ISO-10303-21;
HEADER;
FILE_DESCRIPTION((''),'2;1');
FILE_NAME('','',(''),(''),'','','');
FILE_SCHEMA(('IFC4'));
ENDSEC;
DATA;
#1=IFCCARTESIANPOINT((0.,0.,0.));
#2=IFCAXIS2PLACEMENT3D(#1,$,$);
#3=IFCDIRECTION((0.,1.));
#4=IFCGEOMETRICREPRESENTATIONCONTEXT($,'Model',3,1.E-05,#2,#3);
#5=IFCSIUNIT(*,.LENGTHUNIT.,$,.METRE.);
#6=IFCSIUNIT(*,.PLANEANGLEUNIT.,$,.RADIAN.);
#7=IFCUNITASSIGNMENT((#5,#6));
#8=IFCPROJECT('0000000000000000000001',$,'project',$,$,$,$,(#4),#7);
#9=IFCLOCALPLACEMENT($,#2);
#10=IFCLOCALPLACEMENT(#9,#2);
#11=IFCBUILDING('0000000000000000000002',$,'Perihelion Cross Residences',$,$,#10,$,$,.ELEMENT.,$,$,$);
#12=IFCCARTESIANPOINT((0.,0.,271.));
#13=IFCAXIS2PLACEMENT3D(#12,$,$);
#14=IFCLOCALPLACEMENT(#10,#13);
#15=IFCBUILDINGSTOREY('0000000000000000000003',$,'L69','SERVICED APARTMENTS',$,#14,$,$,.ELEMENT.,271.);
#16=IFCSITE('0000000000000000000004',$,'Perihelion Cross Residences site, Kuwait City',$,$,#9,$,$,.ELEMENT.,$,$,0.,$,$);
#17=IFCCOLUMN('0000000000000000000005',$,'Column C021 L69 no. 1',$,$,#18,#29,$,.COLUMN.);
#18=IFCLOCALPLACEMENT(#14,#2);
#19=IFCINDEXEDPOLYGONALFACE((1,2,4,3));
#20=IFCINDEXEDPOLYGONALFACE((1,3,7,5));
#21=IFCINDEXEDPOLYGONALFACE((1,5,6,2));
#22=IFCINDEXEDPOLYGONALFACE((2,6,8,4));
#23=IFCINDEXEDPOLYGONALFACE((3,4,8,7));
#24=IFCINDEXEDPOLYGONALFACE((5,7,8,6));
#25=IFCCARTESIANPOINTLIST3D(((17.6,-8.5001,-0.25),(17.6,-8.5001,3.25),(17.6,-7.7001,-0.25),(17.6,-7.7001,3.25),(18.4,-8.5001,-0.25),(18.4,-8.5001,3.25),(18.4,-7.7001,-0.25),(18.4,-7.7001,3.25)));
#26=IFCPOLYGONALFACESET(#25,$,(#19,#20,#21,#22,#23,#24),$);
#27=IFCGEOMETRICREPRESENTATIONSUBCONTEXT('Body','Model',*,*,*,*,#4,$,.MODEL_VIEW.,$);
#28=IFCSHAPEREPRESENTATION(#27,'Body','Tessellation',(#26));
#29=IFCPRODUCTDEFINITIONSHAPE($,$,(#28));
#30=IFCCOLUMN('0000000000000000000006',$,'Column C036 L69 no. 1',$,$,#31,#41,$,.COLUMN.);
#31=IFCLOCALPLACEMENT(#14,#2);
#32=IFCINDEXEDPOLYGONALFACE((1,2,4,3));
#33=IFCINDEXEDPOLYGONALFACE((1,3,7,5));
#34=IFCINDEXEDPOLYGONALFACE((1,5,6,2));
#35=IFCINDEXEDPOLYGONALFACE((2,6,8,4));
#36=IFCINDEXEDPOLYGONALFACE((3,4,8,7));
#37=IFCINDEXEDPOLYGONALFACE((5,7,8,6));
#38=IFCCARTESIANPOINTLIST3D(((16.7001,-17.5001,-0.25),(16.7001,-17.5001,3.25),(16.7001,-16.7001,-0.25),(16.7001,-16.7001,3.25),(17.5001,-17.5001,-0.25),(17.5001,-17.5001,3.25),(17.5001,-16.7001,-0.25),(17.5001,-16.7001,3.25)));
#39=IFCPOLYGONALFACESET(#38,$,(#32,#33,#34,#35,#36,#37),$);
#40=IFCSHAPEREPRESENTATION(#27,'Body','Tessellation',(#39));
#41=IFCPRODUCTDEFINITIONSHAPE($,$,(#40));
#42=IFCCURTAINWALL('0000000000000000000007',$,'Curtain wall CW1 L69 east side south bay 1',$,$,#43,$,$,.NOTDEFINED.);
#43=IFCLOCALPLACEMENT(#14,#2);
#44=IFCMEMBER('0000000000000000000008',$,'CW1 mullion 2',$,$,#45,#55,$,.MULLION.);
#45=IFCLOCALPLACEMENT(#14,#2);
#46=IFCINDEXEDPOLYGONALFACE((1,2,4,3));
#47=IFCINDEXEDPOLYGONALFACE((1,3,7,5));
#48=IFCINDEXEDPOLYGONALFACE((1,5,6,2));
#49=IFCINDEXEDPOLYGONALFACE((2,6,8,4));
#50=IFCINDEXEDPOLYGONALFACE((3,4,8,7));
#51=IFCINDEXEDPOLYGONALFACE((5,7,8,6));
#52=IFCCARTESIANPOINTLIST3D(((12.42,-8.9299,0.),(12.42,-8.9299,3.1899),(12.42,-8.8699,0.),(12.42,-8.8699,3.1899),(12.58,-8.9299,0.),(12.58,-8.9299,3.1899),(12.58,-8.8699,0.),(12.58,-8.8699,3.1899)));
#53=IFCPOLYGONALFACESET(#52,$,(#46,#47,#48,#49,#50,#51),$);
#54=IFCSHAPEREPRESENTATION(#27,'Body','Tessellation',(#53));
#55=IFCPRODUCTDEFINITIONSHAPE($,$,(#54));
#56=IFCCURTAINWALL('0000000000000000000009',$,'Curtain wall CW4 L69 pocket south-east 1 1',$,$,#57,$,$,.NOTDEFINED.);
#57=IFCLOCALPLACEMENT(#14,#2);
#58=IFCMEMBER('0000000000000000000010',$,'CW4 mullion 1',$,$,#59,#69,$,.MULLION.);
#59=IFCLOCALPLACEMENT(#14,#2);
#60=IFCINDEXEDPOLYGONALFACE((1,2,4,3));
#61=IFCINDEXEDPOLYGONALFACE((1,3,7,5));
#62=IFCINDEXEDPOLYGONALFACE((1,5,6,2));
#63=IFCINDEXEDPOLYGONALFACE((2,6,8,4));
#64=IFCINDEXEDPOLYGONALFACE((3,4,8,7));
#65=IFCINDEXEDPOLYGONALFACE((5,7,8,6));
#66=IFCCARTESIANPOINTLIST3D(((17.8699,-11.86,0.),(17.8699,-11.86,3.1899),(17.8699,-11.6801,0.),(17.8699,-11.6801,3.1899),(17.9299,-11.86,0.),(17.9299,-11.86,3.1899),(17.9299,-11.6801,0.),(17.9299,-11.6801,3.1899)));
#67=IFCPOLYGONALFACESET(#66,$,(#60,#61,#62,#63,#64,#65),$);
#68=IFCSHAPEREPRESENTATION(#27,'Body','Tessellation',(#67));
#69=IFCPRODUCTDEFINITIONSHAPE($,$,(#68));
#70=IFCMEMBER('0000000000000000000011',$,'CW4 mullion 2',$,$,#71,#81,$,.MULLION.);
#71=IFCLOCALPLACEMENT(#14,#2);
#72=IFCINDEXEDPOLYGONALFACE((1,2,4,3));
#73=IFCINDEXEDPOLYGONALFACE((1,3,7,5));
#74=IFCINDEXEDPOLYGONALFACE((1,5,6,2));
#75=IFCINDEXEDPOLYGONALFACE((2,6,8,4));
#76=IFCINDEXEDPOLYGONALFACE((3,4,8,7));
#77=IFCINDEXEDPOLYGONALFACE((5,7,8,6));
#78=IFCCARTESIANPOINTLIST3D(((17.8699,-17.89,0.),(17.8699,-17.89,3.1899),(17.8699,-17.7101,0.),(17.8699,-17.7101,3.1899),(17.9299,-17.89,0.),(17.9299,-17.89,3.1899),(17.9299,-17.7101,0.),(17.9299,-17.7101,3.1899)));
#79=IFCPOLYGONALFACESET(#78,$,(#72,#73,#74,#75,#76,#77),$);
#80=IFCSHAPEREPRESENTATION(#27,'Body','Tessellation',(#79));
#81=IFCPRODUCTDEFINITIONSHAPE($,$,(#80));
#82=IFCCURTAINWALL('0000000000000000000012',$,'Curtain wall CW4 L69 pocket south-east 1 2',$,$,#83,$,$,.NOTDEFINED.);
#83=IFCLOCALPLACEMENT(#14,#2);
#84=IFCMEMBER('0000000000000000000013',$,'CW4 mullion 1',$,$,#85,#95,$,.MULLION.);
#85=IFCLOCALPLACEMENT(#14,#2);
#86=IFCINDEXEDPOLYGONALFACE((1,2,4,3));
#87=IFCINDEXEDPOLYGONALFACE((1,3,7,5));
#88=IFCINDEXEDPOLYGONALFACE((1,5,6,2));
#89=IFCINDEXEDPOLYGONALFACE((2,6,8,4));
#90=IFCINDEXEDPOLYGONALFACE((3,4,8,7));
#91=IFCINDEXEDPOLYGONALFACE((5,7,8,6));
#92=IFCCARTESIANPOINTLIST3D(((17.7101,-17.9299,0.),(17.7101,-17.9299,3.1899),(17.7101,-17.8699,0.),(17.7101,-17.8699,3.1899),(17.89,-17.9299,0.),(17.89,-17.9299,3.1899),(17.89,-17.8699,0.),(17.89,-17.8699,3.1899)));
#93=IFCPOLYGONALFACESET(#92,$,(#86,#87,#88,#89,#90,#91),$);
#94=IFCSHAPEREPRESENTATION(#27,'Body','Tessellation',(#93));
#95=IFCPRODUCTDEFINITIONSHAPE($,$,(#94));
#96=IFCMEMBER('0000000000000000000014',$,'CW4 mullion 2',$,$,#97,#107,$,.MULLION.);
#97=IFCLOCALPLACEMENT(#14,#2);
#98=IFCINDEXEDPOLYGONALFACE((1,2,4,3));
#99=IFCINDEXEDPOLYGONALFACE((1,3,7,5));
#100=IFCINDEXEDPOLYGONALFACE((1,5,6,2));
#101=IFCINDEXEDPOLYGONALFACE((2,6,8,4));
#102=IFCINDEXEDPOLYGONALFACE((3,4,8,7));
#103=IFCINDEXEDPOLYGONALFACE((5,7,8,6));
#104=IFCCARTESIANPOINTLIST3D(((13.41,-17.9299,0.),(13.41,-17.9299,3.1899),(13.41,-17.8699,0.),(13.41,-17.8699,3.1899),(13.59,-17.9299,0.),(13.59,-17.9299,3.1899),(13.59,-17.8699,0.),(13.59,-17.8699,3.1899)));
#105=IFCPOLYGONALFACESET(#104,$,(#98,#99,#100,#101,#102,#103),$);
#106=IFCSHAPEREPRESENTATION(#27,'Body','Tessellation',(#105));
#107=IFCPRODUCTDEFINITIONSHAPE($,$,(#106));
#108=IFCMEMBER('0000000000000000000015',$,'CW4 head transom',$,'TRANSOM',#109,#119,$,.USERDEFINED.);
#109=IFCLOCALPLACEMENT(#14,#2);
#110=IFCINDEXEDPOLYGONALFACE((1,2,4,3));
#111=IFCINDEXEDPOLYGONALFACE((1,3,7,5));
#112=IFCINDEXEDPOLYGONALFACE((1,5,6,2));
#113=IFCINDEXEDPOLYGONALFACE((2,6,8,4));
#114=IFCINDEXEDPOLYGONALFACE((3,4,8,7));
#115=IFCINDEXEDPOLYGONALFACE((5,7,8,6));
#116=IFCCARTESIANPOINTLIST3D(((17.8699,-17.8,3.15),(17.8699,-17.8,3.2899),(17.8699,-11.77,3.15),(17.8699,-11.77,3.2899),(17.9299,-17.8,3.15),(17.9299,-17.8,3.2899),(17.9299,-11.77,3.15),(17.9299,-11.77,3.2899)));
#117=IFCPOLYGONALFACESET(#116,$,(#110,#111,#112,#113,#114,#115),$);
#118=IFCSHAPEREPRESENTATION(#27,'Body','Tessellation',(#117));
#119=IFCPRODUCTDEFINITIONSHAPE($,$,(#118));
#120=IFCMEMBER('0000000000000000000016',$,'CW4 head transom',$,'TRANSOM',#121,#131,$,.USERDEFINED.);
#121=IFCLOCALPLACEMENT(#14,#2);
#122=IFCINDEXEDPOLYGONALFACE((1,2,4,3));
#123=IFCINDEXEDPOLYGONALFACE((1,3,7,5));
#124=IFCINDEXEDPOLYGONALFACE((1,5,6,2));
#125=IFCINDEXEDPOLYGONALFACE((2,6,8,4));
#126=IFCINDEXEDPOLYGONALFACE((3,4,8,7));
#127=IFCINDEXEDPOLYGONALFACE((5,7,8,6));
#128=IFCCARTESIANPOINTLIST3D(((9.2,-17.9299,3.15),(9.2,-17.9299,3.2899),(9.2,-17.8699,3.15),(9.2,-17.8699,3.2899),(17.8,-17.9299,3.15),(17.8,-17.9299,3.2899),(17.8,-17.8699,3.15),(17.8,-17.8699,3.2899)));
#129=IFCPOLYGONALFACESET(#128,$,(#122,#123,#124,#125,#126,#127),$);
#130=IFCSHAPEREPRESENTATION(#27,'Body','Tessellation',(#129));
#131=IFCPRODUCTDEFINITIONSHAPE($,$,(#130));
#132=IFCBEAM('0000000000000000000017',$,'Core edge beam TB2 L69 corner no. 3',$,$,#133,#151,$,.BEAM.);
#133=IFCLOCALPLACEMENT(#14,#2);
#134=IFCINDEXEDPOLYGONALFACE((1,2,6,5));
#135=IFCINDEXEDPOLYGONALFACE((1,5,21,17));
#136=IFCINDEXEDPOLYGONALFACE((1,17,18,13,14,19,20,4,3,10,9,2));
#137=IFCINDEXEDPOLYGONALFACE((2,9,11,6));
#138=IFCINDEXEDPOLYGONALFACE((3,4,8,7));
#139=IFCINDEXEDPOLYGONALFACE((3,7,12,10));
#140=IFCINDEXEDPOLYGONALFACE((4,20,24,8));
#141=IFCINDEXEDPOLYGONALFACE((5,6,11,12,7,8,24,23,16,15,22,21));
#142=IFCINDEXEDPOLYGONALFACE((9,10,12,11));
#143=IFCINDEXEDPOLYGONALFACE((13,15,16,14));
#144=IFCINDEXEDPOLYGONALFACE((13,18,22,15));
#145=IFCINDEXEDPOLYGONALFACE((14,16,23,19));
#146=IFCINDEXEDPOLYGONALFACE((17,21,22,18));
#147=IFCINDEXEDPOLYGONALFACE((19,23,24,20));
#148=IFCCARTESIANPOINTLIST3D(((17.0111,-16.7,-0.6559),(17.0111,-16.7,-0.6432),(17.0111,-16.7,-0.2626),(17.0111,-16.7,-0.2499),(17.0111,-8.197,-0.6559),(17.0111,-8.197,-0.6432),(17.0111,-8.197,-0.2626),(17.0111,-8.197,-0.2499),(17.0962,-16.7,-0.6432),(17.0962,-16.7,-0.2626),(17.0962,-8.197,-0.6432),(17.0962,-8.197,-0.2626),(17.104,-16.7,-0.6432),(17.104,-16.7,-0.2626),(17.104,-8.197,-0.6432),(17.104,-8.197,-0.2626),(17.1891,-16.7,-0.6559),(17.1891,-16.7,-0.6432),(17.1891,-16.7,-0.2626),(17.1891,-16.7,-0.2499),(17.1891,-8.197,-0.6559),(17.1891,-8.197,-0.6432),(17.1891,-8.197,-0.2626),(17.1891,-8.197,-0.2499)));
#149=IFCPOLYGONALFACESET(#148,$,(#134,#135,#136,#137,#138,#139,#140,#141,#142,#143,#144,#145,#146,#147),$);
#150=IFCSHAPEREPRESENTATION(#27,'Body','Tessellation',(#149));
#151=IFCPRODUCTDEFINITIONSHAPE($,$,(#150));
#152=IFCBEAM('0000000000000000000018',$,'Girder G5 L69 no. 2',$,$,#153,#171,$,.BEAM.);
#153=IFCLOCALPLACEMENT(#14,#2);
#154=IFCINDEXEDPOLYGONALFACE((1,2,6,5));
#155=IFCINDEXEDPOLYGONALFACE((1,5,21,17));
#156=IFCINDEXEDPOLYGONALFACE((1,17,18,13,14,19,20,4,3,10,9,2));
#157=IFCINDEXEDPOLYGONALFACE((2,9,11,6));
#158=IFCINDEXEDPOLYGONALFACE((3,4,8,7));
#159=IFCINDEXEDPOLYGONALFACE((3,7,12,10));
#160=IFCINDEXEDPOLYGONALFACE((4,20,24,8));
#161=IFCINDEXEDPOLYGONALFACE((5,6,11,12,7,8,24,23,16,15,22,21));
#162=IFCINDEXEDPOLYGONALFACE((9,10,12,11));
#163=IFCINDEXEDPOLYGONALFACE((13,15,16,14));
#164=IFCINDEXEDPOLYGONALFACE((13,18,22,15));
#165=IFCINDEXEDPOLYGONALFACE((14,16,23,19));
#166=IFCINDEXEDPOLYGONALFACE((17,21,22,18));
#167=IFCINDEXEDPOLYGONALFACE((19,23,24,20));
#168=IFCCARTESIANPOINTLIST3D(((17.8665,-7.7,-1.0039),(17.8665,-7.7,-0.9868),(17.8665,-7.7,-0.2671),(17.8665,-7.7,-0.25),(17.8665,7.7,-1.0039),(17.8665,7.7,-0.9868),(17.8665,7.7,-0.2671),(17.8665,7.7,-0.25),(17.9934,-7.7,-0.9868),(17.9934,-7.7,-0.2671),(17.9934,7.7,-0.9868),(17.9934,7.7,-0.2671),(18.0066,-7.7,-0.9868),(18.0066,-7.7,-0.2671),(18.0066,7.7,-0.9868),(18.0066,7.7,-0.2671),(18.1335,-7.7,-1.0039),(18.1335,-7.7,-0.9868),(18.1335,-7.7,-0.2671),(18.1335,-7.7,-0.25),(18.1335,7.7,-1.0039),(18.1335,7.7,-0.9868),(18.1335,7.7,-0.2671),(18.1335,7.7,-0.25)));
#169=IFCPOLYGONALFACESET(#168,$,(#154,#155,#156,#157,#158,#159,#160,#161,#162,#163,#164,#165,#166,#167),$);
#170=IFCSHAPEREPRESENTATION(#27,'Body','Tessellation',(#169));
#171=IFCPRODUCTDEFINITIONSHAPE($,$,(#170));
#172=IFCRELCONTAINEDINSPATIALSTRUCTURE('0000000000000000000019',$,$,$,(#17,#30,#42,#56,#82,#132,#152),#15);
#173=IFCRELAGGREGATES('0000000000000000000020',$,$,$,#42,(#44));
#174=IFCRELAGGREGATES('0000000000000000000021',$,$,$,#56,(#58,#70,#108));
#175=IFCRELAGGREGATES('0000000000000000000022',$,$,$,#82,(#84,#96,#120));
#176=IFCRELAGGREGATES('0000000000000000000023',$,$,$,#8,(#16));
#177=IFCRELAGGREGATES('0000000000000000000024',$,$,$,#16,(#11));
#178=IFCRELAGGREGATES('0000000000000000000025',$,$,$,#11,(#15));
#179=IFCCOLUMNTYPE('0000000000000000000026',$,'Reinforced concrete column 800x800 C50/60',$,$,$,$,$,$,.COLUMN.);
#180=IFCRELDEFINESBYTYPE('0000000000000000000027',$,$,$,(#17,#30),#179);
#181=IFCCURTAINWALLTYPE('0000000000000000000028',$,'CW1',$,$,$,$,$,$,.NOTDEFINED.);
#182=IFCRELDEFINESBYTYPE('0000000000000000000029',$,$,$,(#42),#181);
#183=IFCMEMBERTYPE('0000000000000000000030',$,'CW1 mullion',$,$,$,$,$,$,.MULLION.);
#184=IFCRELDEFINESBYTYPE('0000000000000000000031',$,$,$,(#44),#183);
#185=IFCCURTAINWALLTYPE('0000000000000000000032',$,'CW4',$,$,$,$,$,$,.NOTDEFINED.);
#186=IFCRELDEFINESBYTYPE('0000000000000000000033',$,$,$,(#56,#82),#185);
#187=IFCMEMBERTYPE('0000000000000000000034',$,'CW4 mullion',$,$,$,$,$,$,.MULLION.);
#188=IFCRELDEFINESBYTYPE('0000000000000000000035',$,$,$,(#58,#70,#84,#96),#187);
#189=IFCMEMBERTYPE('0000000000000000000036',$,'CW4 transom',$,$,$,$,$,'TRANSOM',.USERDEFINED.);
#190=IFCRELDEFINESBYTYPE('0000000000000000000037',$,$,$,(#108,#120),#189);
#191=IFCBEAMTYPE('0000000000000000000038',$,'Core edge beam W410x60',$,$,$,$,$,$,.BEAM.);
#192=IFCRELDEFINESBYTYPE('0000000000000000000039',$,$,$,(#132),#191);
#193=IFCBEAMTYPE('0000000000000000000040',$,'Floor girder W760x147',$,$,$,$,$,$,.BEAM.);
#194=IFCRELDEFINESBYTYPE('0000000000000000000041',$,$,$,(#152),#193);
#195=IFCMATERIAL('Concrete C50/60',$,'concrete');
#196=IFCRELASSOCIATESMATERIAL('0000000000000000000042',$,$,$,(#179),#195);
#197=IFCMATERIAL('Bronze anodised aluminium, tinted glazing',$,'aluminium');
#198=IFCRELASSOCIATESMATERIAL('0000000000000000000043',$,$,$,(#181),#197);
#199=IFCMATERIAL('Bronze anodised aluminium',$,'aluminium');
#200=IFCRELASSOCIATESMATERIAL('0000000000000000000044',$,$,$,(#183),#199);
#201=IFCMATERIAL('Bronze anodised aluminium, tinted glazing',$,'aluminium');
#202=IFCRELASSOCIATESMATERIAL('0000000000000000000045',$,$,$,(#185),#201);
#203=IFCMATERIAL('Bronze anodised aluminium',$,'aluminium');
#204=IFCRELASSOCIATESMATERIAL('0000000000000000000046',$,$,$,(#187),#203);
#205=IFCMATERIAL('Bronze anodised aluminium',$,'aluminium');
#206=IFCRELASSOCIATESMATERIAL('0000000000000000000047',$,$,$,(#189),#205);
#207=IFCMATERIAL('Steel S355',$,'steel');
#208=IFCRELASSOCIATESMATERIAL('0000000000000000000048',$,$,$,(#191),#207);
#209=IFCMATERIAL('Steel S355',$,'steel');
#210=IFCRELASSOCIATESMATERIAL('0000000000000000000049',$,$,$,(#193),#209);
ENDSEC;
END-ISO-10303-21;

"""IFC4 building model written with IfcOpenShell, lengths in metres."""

from ifc_helpers import new_model, si_unit, direction, frame, origin, origin_2d, place, context, subcontext, project, spatial, rectangle, i_section, extrude, material, material_profile, profile_set, type_object, element, aggregate, save


model = new_model("IFC4")

# Units and contexts
model_context = context("Model", 3, precision=1e-05, world=origin(), true_north=direction((0.0, 1.0)))
body_context = subcontext(model_context, "Body", "Model", "MODEL_VIEW")
ifc_project = project(units=[si_unit("LENGTHUNIT", "METRE"), si_unit("PLANEANGLEUNIT", "RADIAN")], contexts=[model_context])

# Site, building, storey
site_placement = place(None, origin())
site = spatial("IfcSite", under=ifc_project, at=site_placement, Name="Perihelion Cross Residences site, Kuwait City", CompositionType="ELEMENT", RefElevation=0.0)
building_placement = place(site_placement, origin())
building = spatial("IfcBuilding", under=site, at=building_placement, Name="Perihelion Cross Residences", CompositionType="ELEMENT")
storey_placement = place(building_placement, frame((0.0, 0.0, 271.0)))
storey = spatial("IfcBuildingStorey", under=building, at=storey_placement, Name="L69", Description="SERVICED APARTMENTS", CompositionType="ELEMENT", Elevation=271.0)

# Columns
ifc_material_1 = material(Name="Concrete C50/60", Category="concrete")
ifc_material_profile_1 = material_profile(ifc_material_1, rectangle(XDim=0.8, YDim=0.8, at=origin_2d()), Name="RC 800x800")
ifc_profile_set_1 = profile_set([ifc_material_profile_1], Name="Concrete C50/60")
column_type = type_object("IfcColumnType", Name="Reinforced concrete column 800x800 C50/60", PredefinedType="COLUMN", material=ifc_profile_set_1)
for number, where, z_axis, x_axis, name in (
    (1, (18.0, -8.1001, -0.25), (0.0, 0.0, 1.0), (1.0, 0.0, 0.0), "Column C021 L69 no. 1"),
    (2, (17.1001, -17.1001, -0.25), (0.0, 0.0, 1.0), (1.0, 0.0, 0.0), "Column C036 L69 no. 1"),
):
    element("IfcColumn", number, at=place(storey_placement, frame(where, z_axis=z_axis, x_axis=x_axis)), inside=storey, type_object=column_type, Name=name, PredefinedType="COLUMN", context=body_context, shape_type="SweptSolid", body=[
        extrude(rectangle(XDim=0.8, YDim=0.8, at=origin_2d()), origin(), (0.0, 0.0, 1.0), 3.5),
    ])

# Curtain wall, member
ifc_material_2 = material(Name="Bronze anodised aluminium, tinted glazing", Category="aluminium")
curtain_wall_type_1 = type_object("IfcCurtainWallType", Name="CW1", PredefinedType="NOTDEFINED", material=ifc_material_2)
curtain_wall_1_placement = place(storey_placement, origin())
curtain_wall_1 = element("IfcCurtainWall", 3, at=curtain_wall_1_placement, inside=storey, type_object=curtain_wall_type_1, Name="Curtain wall CW1 L69 east side south bay 1", PredefinedType="NOTDEFINED")
ifc_material_3 = material(Name="Bronze anodised aluminium", Category="aluminium")
ifc_material_profile_2 = material_profile(ifc_material_3, rectangle(XDim=0.0601, YDim=0.1599, at=origin_2d()), Name="CW1 mullion")
ifc_profile_set_2 = profile_set([ifc_material_profile_2], Name="Bronze anodised aluminium")
member_type_1 = type_object("IfcMemberType", Name="CW1 mullion", PredefinedType="MULLION", material=ifc_profile_set_2)
member_1_placement = place(storey_placement, frame((12.5, -8.8999, 0.0), z_axis=(0.0, 0.0, 1.0), x_axis=(0.0, 1.0, 0.0)))
member_1 = element("IfcMember", 4, at=member_1_placement, type_object=member_type_1, Name="CW1 mullion 2", PredefinedType="MULLION", context=body_context, shape_type="SweptSolid", body=[
    extrude(rectangle(XDim=0.0601, YDim=0.1599, at=origin_2d()), origin(), (0.0, 0.0, 1.0), 3.1899),
])

# Curtain walls, members
ifc_material_4 = material(Name="Bronze anodised aluminium, tinted glazing", Category="aluminium")
curtain_wall_type_2 = type_object("IfcCurtainWallType", Name="CW4", PredefinedType="NOTDEFINED", material=ifc_material_4)
curtain_wall_2_placement = place(storey_placement, origin())
curtain_wall_2 = element("IfcCurtainWall", 5, at=curtain_wall_2_placement, inside=storey, type_object=curtain_wall_type_2, Name="Curtain wall CW4 L69 pocket south-east 1 1", PredefinedType="NOTDEFINED")
ifc_material_5 = material(Name="Bronze anodised aluminium", Category="aluminium")
ifc_material_profile_3 = material_profile(ifc_material_5, rectangle(XDim=0.0601, YDim=0.1799, at=origin_2d()), Name="CW4 mullion")
ifc_profile_set_3 = profile_set([ifc_material_profile_3], Name="Bronze anodised aluminium")
member_type_2 = type_object("IfcMemberType", Name="CW4 mullion", PredefinedType="MULLION", material=ifc_profile_set_3)
member_2_placement = place(storey_placement, frame((17.8999, -11.77, 0.0), z_axis=(0.0, 0.0, 1.0), x_axis=(1.0, 0.0, 0.0)))
member_2 = element("IfcMember", 6, at=member_2_placement, type_object=member_type_2, Name="CW4 mullion 1", PredefinedType="MULLION", context=body_context, shape_type="SweptSolid", body=[
    extrude(rectangle(XDim=0.0601, YDim=0.1799, at=origin_2d()), origin(), (0.0, 0.0, 1.0), 3.1899),
])
member_3_placement = place(storey_placement, frame((17.8999, -17.8, 0.0), z_axis=(0.0, 0.0, 1.0), x_axis=(1.0, 0.0, 0.0)))
member_3 = element("IfcMember", 7, at=member_3_placement, type_object=member_type_2, Name="CW4 mullion 2", PredefinedType="MULLION", context=body_context, shape_type="SweptSolid", body=[
    extrude(rectangle(XDim=0.0601, YDim=0.1799, at=origin_2d()), origin(), (0.0, 0.0, 1.0), 3.1899),
])
curtain_wall_3_placement = place(storey_placement, origin())
curtain_wall_3 = element("IfcCurtainWall", 8, at=curtain_wall_3_placement, inside=storey, type_object=curtain_wall_type_2, Name="Curtain wall CW4 L69 pocket south-east 1 2", PredefinedType="NOTDEFINED")
member_4_placement = place(storey_placement, frame((17.8, -17.8999, 0.0), z_axis=(0.0, 0.0, 1.0), x_axis=(0.0, -1.0, 0.0)))
member_4 = element("IfcMember", 9, at=member_4_placement, type_object=member_type_2, Name="CW4 mullion 1", PredefinedType="MULLION", context=body_context, shape_type="SweptSolid", body=[
    extrude(rectangle(XDim=0.0601, YDim=0.1799, at=origin_2d()), origin(), (0.0, 0.0, 1.0), 3.1899),
])
member_5_placement = place(storey_placement, frame((13.5, -17.8999, 0.0), z_axis=(0.0, 0.0, 1.0), x_axis=(0.0, -1.0, 0.0)))
member_5 = element("IfcMember", 10, at=member_5_placement, type_object=member_type_2, Name="CW4 mullion 2", PredefinedType="MULLION", context=body_context, shape_type="SweptSolid", body=[
    extrude(rectangle(XDim=0.0601, YDim=0.1799, at=origin_2d()), origin(), (0.0, 0.0, 1.0), 3.1899),
])

# Members
ifc_material_6 = material(Name="Bronze anodised aluminium", Category="aluminium")
ifc_material_profile_4 = material_profile(ifc_material_6, rectangle(XDim=0.0601, YDim=0.1399, at=origin_2d()), Name="CW4 transom")
ifc_profile_set_4 = profile_set([ifc_material_profile_4], Name="Bronze anodised aluminium")
member_type_3 = type_object("IfcMemberType", Name="CW4 transom", ElementType="TRANSOM", PredefinedType="USERDEFINED", material=ifc_profile_set_4)
member_6_placement = place(storey_placement, frame((17.8999, -11.77, 3.22), z_axis=(0.0, -1.0, 0.0), x_axis=(1.0, 0.0, 0.0)))
member_6 = element("IfcMember", 11, at=member_6_placement, type_object=member_type_3, Name="CW4 head transom", ObjectType="TRANSOM", PredefinedType="USERDEFINED", context=body_context, shape_type="SweptSolid", body=[
    extrude(rectangle(XDim=0.0601, YDim=0.1399, at=origin_2d()), origin(), (0.0, 0.0, 1.0), 6.03),
])
member_7_placement = place(storey_placement, frame((17.8, -17.8999, 3.22), z_axis=(-1.0, 0.0, 0.0), x_axis=(0.0, -1.0, 0.0)))
member_7 = element("IfcMember", 12, at=member_7_placement, type_object=member_type_3, Name="CW4 head transom", ObjectType="TRANSOM", PredefinedType="USERDEFINED", context=body_context, shape_type="SweptSolid", body=[
    extrude(rectangle(XDim=0.0601, YDim=0.1399, at=origin_2d()), origin(), (0.0, 0.0, 1.0), 8.6001),
])

# Beams
ifc_material_7 = material(Name="Steel S355", Category="steel")
ifc_material_profile_5 = material_profile(ifc_material_7, i_section(OverallWidth=0.178, OverallDepth=0.406, WebThickness=0.0078, FlangeThickness=0.0127, at=origin_2d()), Name="W410x60")
ifc_profile_set_5 = profile_set([ifc_material_profile_5], Name="Steel S355")
beam_type_1 = type_object("IfcBeamType", Name="Core edge beam W410x60", PredefinedType="BEAM", material=ifc_profile_set_5)
beam_1_placement = place(storey_placement, frame((17.1001, -8.197, -0.4529), z_axis=(0.0, -1.0, 0.0), x_axis=(1.0, 0.0, 0.0)))
element("IfcBeam", 13, at=beam_1_placement, inside=storey, type_object=beam_type_1, Name="Core edge beam TB2 L69 corner no. 3", PredefinedType="BEAM", context=body_context, shape_type="SweptSolid", body=[
    extrude(i_section(OverallWidth=0.178, OverallDepth=0.406, WebThickness=0.0078, FlangeThickness=0.0127, at=origin_2d()), origin(), (0.0, 0.0, 1.0), 8.5029),
])
ifc_material_8 = material(Name="Steel S355", Category="steel")
ifc_material_profile_6 = material_profile(ifc_material_8, i_section(OverallWidth=0.2671, OverallDepth=0.7539, WebThickness=0.0132, FlangeThickness=0.0171, at=origin_2d()), Name="W760x147")
ifc_profile_set_6 = profile_set([ifc_material_profile_6], Name="Steel S355")
beam_type_2 = type_object("IfcBeamType", Name="Floor girder W760x147", PredefinedType="BEAM", material=ifc_profile_set_6)
beam_2_placement = place(storey_placement, frame((18.0, -7.7, -0.627), z_axis=(0.0, 1.0, 0.0), x_axis=(-1.0, 0.0, 0.0)))
element("IfcBeam", 14, at=beam_2_placement, inside=storey, type_object=beam_type_2, Name="Girder G5 L69 no. 2", PredefinedType="BEAM", context=body_context, shape_type="SweptSolid", body=[
    extrude(i_section(OverallWidth=0.2671, OverallDepth=0.7539, WebThickness=0.0132, FlangeThickness=0.0171, at=origin_2d()), origin(), (0.0, 0.0, 1.0), 15.3999),
])

aggregate(curtain_wall_1, [member_1])
aggregate(curtain_wall_2, [member_2, member_3, member_6])
aggregate(curtain_wall_3, [member_4, member_5, member_7])

save(model, "model.ifc")
